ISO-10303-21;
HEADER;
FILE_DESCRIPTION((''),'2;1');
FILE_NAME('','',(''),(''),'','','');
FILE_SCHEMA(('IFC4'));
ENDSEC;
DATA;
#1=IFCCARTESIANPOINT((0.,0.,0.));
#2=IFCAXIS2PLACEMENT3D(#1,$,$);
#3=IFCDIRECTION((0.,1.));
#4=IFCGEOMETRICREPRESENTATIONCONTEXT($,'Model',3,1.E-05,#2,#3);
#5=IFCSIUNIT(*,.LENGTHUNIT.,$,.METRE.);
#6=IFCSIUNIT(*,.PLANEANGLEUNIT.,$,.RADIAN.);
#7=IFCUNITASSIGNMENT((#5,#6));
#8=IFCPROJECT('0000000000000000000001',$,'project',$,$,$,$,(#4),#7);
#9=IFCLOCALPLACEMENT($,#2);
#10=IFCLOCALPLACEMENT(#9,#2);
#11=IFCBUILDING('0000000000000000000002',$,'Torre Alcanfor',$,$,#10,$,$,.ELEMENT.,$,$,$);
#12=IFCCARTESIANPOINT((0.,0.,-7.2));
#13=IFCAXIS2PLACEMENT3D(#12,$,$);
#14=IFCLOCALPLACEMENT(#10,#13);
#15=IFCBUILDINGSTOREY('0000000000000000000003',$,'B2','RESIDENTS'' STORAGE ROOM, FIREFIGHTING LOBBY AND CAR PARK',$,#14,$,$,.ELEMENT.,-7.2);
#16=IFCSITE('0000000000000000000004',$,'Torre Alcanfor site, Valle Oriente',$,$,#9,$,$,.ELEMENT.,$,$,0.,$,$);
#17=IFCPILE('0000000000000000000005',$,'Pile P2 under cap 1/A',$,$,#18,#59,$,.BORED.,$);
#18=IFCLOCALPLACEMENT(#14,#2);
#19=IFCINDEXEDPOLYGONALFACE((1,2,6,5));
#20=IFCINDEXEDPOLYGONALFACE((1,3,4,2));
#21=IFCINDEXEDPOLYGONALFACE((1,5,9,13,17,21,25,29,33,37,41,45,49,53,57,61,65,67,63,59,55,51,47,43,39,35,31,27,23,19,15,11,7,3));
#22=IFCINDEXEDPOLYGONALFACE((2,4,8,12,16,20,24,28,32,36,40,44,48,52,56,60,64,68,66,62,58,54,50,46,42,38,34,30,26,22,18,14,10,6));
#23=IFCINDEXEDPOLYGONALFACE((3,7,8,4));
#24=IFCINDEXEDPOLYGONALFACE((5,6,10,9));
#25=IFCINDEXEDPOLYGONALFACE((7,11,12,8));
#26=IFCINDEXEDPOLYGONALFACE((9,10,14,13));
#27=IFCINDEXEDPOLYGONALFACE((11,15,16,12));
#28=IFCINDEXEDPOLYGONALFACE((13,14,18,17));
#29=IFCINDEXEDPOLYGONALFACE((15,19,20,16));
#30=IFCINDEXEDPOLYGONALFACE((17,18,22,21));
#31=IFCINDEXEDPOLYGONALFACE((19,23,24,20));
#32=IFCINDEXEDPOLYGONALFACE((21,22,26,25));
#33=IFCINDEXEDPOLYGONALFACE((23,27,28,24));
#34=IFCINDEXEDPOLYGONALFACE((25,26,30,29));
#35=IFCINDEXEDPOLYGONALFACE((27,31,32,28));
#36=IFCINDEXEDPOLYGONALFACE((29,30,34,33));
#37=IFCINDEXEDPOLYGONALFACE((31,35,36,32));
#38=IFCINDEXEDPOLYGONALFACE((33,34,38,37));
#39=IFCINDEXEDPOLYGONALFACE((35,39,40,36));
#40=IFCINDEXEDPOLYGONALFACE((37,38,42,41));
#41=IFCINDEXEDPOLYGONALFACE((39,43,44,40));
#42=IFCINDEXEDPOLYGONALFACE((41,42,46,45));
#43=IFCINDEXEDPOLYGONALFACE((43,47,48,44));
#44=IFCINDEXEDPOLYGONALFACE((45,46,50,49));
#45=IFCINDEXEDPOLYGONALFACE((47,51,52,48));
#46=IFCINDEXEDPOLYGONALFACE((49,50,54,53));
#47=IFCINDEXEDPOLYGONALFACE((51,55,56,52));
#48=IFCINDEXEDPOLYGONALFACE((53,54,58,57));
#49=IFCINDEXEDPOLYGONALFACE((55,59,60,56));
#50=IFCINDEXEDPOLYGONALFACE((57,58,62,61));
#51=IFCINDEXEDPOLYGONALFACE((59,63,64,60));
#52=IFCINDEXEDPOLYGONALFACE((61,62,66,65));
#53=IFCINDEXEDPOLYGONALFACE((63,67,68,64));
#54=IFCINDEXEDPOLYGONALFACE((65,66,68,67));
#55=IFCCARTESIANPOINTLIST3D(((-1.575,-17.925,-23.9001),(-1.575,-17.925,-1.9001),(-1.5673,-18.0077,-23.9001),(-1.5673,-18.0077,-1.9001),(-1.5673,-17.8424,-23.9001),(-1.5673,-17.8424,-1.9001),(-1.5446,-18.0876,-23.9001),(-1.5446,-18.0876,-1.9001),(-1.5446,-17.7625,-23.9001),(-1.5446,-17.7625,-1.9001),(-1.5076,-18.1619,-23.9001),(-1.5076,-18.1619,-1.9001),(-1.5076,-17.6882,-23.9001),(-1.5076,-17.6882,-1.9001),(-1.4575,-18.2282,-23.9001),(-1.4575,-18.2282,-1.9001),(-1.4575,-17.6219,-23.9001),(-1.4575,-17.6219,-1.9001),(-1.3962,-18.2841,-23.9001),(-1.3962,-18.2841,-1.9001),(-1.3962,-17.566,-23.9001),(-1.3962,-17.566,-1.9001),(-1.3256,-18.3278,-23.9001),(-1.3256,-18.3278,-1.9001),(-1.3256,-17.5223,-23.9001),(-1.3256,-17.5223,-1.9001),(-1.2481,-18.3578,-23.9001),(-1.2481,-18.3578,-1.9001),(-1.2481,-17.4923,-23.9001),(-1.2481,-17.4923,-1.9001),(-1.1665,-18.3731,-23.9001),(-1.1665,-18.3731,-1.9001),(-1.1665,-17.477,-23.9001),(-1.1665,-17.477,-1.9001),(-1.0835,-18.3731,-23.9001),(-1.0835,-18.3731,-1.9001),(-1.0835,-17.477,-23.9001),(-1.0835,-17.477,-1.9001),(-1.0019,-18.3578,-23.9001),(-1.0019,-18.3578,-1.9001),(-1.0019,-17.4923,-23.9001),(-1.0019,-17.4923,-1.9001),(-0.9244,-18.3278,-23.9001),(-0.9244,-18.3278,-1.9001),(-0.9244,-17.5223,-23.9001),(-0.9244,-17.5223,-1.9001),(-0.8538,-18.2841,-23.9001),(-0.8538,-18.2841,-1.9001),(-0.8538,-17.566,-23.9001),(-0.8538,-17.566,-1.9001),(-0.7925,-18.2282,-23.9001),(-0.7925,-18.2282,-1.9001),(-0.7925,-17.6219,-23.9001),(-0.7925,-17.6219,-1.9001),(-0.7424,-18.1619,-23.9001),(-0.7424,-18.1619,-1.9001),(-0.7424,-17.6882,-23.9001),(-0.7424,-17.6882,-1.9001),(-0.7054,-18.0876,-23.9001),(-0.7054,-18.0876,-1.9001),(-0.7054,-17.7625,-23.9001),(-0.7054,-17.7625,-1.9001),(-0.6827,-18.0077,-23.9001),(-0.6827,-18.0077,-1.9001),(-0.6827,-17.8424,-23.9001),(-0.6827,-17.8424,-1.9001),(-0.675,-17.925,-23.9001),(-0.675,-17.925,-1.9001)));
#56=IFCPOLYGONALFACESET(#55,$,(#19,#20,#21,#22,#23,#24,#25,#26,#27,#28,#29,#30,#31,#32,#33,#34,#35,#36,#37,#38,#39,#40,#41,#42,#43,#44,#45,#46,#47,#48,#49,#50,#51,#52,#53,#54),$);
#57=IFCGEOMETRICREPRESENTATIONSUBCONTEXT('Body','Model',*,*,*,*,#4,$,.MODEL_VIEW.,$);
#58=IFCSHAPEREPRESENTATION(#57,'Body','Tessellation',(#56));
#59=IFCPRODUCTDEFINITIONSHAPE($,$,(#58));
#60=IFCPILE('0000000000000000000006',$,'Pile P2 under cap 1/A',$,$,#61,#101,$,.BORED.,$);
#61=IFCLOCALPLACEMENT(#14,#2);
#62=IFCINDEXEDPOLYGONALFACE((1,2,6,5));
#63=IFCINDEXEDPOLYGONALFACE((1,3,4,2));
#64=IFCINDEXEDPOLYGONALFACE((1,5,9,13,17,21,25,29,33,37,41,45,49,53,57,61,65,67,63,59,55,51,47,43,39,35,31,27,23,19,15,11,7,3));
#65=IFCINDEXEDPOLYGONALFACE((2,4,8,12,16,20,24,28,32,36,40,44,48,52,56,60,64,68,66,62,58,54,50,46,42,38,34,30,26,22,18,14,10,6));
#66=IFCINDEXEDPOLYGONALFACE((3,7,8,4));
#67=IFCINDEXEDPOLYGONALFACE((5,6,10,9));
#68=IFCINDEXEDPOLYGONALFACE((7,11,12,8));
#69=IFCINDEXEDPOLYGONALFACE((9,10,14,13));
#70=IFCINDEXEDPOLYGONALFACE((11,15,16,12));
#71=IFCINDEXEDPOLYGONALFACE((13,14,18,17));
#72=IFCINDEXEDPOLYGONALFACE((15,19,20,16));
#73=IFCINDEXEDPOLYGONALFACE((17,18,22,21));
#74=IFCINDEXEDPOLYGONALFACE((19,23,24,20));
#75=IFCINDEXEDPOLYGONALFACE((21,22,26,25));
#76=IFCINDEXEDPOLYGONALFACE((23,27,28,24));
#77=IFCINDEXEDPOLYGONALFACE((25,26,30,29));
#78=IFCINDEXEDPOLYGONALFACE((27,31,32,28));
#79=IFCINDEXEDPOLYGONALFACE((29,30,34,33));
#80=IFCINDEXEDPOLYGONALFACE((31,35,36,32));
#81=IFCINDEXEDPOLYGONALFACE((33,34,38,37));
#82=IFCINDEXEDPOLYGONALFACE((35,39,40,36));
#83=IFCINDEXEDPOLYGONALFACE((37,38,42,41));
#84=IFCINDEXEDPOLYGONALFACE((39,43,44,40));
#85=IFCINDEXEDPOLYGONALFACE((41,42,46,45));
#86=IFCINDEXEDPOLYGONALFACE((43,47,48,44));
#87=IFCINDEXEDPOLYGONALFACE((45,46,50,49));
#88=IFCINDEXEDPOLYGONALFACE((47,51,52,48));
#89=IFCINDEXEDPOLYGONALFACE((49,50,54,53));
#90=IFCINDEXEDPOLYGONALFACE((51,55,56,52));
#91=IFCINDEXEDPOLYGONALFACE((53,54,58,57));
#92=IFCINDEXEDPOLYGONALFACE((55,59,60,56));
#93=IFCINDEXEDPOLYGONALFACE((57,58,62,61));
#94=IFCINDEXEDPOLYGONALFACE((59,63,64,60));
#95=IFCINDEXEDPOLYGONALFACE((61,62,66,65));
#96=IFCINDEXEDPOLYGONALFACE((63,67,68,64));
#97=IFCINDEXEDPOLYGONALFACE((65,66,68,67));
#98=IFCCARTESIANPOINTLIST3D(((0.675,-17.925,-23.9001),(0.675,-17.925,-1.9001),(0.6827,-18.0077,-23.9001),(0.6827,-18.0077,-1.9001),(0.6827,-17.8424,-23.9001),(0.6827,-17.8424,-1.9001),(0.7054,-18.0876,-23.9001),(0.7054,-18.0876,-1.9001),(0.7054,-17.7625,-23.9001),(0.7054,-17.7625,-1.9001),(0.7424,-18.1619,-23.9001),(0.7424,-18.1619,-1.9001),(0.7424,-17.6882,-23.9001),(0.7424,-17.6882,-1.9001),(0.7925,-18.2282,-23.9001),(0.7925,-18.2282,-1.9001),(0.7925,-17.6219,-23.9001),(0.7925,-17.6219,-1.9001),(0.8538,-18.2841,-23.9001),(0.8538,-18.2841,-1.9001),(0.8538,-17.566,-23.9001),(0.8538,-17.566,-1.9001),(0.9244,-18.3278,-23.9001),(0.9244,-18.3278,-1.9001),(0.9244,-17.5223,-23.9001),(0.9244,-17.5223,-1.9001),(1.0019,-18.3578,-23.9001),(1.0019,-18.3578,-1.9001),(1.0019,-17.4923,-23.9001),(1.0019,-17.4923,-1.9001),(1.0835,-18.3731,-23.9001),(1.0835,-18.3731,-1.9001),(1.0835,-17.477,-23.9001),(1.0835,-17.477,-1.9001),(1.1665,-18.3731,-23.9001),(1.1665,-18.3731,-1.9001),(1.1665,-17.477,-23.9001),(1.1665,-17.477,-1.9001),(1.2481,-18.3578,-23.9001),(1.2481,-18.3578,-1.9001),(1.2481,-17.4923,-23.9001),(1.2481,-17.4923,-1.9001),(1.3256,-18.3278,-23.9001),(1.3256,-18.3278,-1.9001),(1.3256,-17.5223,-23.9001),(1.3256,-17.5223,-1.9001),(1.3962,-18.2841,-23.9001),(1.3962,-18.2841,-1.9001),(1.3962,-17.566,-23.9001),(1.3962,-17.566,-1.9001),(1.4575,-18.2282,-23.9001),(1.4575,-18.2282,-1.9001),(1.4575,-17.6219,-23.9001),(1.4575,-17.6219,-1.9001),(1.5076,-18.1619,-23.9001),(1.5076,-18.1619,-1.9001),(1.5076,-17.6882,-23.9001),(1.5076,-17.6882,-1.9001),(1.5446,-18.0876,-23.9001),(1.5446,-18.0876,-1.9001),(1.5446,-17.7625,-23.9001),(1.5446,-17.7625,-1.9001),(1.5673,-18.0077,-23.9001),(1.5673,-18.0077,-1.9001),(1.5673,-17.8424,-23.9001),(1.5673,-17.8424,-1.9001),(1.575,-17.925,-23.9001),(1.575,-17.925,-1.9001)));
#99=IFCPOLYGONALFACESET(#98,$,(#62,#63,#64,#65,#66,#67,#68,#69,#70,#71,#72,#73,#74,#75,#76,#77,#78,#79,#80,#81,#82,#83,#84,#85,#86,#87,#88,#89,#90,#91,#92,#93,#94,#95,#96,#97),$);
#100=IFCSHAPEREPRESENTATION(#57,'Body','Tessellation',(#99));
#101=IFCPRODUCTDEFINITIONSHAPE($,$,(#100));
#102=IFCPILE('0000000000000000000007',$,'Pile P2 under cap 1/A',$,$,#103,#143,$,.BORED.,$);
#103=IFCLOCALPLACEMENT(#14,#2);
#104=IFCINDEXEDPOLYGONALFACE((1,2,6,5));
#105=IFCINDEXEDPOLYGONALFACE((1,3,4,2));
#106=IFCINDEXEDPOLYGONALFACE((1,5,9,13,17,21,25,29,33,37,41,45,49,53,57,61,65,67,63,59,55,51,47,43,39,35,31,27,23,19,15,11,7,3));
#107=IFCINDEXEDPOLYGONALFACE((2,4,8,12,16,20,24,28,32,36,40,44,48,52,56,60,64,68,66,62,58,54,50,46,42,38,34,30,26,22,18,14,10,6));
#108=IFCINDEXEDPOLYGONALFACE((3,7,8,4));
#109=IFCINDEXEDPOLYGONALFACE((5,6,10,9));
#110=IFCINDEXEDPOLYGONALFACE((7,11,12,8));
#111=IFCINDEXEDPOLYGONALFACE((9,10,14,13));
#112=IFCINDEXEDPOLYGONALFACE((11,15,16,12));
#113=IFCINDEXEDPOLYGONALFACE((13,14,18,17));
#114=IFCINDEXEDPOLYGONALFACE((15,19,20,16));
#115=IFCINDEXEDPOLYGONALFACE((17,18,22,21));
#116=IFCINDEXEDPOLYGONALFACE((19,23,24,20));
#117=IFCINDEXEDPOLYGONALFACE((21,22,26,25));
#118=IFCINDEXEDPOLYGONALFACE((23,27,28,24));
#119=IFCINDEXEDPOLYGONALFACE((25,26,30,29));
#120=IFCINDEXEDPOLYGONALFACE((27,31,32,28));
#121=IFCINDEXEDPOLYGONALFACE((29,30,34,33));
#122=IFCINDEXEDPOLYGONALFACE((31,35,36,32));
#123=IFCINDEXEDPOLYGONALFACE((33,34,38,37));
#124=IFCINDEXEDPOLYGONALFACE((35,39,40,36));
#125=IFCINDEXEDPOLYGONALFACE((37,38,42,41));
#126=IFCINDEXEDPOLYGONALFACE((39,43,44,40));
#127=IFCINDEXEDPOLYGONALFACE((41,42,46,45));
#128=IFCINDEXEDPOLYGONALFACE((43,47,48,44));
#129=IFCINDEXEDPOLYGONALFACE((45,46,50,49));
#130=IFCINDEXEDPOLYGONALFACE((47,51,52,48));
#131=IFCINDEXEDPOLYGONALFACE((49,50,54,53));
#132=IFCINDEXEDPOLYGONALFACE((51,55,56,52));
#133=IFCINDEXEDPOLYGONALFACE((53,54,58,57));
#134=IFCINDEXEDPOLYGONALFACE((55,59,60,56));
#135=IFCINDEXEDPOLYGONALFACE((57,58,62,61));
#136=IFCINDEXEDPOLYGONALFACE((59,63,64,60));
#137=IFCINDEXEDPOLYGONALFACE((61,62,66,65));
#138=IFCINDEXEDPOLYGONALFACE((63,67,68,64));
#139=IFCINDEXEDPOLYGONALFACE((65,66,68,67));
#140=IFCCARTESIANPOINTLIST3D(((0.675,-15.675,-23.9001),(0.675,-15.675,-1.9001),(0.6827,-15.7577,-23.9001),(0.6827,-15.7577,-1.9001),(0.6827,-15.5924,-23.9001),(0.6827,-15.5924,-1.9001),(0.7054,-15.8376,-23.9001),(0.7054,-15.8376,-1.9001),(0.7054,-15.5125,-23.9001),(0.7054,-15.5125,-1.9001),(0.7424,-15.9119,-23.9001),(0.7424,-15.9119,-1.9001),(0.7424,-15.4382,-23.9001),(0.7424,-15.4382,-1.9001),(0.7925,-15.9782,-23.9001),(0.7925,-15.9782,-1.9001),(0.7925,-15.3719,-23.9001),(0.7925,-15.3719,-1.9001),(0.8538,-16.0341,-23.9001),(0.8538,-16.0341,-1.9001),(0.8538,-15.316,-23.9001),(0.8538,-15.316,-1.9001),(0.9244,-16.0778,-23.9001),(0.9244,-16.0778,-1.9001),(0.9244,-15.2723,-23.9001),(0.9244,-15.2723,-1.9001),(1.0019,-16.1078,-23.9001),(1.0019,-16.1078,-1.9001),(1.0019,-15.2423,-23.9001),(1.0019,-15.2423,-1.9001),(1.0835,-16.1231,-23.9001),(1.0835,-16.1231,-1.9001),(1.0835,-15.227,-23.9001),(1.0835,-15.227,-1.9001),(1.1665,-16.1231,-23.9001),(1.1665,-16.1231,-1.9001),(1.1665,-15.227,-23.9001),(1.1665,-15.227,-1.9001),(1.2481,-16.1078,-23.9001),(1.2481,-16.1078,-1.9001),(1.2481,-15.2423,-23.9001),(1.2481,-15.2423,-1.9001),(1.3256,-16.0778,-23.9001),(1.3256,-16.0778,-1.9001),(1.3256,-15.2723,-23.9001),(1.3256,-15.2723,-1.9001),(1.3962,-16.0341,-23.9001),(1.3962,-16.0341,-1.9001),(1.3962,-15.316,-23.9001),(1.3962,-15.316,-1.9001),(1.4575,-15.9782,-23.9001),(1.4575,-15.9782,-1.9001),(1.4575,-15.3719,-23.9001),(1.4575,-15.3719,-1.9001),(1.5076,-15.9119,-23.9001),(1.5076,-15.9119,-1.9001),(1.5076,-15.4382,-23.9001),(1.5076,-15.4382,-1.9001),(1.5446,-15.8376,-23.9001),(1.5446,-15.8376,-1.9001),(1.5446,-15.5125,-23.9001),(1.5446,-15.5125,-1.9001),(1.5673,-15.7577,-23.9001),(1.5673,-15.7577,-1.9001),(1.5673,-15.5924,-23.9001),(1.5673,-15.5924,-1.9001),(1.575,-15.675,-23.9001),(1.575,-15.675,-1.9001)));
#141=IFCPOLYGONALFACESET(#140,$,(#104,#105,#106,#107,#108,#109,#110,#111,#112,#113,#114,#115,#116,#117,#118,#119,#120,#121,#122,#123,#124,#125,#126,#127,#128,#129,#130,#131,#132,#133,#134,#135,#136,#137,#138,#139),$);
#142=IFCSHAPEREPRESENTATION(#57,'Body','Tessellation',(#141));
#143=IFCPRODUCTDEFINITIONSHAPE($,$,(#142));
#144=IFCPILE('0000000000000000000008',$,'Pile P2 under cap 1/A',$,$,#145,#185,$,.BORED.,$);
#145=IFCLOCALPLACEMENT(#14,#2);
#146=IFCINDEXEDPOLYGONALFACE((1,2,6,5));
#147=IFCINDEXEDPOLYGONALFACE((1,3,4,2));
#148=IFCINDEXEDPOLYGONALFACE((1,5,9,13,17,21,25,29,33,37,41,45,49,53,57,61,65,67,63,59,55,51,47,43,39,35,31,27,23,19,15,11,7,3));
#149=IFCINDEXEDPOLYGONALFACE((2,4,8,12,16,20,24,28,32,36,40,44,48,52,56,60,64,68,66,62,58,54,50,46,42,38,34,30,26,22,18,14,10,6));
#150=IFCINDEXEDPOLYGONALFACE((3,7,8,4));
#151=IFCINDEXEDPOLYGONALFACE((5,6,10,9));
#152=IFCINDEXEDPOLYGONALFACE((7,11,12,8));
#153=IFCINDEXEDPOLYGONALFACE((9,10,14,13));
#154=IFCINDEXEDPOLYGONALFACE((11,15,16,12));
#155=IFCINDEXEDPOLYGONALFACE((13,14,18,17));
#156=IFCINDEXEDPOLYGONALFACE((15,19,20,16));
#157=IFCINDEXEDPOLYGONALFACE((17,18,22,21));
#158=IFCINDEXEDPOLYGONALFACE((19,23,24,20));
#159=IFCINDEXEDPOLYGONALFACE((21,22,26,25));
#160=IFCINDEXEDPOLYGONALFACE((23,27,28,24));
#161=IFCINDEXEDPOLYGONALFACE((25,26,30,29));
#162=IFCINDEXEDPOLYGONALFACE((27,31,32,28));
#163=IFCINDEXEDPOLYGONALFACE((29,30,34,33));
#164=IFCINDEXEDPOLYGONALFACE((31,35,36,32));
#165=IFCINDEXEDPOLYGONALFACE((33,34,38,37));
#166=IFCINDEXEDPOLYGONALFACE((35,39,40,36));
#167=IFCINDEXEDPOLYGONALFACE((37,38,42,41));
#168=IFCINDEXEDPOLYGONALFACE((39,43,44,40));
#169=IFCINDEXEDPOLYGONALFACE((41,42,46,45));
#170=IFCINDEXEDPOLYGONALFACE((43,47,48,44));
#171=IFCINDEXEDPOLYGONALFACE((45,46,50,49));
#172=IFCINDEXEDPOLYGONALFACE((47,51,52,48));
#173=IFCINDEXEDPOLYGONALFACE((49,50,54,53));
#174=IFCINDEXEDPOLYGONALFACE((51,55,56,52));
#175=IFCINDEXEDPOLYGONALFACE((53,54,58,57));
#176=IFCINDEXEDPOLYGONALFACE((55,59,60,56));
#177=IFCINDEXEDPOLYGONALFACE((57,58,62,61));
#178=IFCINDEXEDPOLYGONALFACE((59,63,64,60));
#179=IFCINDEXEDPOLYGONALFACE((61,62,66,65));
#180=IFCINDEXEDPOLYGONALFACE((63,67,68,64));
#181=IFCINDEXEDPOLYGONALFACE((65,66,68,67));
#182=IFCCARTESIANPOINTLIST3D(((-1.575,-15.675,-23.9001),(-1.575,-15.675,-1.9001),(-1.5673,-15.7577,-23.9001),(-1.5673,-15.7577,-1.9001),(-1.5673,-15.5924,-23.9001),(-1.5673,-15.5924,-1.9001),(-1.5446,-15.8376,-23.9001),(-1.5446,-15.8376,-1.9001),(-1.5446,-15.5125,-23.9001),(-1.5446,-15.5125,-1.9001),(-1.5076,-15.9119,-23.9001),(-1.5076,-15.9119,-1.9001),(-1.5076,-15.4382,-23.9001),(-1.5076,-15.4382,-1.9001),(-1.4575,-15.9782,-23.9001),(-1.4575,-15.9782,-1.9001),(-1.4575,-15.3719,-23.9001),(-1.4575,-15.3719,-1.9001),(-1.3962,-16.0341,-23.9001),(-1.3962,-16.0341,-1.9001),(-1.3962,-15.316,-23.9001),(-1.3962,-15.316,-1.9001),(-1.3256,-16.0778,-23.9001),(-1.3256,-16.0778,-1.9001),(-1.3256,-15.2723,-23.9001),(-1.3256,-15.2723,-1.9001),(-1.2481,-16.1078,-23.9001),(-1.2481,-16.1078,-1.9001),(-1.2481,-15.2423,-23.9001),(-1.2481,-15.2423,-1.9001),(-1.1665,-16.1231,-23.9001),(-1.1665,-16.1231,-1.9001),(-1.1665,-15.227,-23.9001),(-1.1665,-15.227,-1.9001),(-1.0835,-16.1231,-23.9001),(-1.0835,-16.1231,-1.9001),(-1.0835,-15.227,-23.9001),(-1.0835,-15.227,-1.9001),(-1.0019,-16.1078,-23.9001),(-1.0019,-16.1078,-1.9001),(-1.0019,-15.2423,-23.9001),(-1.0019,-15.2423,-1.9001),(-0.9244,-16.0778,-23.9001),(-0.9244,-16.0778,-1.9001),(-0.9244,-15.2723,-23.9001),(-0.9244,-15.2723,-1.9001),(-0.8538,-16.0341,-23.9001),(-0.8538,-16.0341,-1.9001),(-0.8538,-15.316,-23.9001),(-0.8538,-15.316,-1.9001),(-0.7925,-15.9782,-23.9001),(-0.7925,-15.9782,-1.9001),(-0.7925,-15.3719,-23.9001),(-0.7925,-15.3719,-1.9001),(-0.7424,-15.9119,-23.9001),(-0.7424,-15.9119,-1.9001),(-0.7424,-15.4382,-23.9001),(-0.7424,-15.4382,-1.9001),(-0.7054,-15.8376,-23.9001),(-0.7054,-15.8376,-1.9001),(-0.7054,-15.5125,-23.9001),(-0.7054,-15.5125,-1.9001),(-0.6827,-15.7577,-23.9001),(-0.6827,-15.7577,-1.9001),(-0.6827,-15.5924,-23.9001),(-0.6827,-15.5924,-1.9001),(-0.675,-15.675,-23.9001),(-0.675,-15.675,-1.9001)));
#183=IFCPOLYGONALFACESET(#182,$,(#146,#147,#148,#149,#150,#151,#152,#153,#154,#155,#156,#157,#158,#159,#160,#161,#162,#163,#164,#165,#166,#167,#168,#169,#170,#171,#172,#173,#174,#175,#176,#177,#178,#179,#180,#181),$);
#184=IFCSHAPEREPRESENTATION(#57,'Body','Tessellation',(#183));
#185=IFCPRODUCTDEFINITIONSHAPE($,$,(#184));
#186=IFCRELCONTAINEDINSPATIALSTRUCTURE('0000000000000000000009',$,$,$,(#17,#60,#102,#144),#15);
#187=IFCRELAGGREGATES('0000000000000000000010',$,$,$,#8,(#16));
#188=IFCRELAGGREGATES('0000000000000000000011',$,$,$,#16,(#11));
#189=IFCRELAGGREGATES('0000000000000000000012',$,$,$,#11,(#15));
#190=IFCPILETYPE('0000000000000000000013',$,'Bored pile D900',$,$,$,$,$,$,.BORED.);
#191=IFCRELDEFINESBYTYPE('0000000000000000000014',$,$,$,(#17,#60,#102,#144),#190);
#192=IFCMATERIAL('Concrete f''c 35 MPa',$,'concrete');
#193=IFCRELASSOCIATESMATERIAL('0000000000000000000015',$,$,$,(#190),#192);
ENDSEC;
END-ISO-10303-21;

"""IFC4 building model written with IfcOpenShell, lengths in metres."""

from ifc_helpers import new_model, si_unit, direction, frame, origin, origin_2d, place, context, subcontext, project, spatial, circle, extrude, material, material_profile, profile_set, type_object, element, save


model = new_model("IFC4")

# Units and contexts
model_context = context("Model", 3, precision=1e-05, world=origin(), true_north=direction((0.0, 1.0)))
body_context = subcontext(model_context, "Body", "Model", "MODEL_VIEW")
ifc_project = project(units=[si_unit("LENGTHUNIT", "METRE"), si_unit("PLANEANGLEUNIT", "RADIAN")], contexts=[model_context])

# Site, building, storey
site_placement = place(None, origin())
site = spatial("IfcSite", under=ifc_project, at=site_placement, Name="Torre Alcanfor site, Valle Oriente", CompositionType="ELEMENT", RefElevation=0.0)
building_placement = place(site_placement, origin())
building = spatial("IfcBuilding", under=site, at=building_placement, Name="Torre Alcanfor", CompositionType="ELEMENT")
storey_placement = place(building_placement, frame((0.0, 0.0, -7.2)))
storey = spatial("IfcBuildingStorey", under=building, at=storey_placement, Name="B2", Description="RESIDENTS' STORAGE ROOM, FIREFIGHTING LOBBY AND CAR PARK", CompositionType="ELEMENT", Elevation=-7.2)

# Piles
ifc_material_1 = material(Name="Concrete f'c 35 MPa", Category="concrete")
ifc_material_profile_1 = material_profile(ifc_material_1, circle(Radius=0.45, at=origin_2d()), Name="D900")
ifc_profile_set_1 = profile_set([ifc_material_profile_1], Name="Concrete f'c 35 MPa")
pile_type = type_object("IfcPileType", Name="Bored pile D900", PredefinedType="BORED", material=ifc_profile_set_1)
for number, where, z_axis, x_axis, name in (
    (1, (-1.125, -17.925, -1.9001), (0.0, 0.0, -1.0), (1.0, 0.0, 0.0), "Pile P2 under cap 1/A"),
    (2, (1.125, -17.925, -1.9001), (0.0, 0.0, -1.0), (1.0, 0.0, 0.0), "Pile P2 under cap 1/A"),
    (3, (1.125, -15.675, -1.9001), (0.0, 0.0, -1.0), (1.0, 0.0, 0.0), "Pile P2 under cap 1/A"),
    (4, (-1.125, -15.675, -1.9001), (0.0, 0.0, -1.0), (1.0, 0.0, 0.0), "Pile P2 under cap 1/A"),
):
    element("IfcPile", number, at=place(storey_placement, frame(where, z_axis=z_axis, x_axis=x_axis)), inside=storey, type_object=pile_type, Name=name, PredefinedType="BORED", context=body_context, shape_type="SweptSolid", body=[
        extrude(circle(Radius=0.45, at=origin_2d()), origin(), (0.0, 0.0, 1.0), 22.0),
    ])

save(model, "model.ifc")
